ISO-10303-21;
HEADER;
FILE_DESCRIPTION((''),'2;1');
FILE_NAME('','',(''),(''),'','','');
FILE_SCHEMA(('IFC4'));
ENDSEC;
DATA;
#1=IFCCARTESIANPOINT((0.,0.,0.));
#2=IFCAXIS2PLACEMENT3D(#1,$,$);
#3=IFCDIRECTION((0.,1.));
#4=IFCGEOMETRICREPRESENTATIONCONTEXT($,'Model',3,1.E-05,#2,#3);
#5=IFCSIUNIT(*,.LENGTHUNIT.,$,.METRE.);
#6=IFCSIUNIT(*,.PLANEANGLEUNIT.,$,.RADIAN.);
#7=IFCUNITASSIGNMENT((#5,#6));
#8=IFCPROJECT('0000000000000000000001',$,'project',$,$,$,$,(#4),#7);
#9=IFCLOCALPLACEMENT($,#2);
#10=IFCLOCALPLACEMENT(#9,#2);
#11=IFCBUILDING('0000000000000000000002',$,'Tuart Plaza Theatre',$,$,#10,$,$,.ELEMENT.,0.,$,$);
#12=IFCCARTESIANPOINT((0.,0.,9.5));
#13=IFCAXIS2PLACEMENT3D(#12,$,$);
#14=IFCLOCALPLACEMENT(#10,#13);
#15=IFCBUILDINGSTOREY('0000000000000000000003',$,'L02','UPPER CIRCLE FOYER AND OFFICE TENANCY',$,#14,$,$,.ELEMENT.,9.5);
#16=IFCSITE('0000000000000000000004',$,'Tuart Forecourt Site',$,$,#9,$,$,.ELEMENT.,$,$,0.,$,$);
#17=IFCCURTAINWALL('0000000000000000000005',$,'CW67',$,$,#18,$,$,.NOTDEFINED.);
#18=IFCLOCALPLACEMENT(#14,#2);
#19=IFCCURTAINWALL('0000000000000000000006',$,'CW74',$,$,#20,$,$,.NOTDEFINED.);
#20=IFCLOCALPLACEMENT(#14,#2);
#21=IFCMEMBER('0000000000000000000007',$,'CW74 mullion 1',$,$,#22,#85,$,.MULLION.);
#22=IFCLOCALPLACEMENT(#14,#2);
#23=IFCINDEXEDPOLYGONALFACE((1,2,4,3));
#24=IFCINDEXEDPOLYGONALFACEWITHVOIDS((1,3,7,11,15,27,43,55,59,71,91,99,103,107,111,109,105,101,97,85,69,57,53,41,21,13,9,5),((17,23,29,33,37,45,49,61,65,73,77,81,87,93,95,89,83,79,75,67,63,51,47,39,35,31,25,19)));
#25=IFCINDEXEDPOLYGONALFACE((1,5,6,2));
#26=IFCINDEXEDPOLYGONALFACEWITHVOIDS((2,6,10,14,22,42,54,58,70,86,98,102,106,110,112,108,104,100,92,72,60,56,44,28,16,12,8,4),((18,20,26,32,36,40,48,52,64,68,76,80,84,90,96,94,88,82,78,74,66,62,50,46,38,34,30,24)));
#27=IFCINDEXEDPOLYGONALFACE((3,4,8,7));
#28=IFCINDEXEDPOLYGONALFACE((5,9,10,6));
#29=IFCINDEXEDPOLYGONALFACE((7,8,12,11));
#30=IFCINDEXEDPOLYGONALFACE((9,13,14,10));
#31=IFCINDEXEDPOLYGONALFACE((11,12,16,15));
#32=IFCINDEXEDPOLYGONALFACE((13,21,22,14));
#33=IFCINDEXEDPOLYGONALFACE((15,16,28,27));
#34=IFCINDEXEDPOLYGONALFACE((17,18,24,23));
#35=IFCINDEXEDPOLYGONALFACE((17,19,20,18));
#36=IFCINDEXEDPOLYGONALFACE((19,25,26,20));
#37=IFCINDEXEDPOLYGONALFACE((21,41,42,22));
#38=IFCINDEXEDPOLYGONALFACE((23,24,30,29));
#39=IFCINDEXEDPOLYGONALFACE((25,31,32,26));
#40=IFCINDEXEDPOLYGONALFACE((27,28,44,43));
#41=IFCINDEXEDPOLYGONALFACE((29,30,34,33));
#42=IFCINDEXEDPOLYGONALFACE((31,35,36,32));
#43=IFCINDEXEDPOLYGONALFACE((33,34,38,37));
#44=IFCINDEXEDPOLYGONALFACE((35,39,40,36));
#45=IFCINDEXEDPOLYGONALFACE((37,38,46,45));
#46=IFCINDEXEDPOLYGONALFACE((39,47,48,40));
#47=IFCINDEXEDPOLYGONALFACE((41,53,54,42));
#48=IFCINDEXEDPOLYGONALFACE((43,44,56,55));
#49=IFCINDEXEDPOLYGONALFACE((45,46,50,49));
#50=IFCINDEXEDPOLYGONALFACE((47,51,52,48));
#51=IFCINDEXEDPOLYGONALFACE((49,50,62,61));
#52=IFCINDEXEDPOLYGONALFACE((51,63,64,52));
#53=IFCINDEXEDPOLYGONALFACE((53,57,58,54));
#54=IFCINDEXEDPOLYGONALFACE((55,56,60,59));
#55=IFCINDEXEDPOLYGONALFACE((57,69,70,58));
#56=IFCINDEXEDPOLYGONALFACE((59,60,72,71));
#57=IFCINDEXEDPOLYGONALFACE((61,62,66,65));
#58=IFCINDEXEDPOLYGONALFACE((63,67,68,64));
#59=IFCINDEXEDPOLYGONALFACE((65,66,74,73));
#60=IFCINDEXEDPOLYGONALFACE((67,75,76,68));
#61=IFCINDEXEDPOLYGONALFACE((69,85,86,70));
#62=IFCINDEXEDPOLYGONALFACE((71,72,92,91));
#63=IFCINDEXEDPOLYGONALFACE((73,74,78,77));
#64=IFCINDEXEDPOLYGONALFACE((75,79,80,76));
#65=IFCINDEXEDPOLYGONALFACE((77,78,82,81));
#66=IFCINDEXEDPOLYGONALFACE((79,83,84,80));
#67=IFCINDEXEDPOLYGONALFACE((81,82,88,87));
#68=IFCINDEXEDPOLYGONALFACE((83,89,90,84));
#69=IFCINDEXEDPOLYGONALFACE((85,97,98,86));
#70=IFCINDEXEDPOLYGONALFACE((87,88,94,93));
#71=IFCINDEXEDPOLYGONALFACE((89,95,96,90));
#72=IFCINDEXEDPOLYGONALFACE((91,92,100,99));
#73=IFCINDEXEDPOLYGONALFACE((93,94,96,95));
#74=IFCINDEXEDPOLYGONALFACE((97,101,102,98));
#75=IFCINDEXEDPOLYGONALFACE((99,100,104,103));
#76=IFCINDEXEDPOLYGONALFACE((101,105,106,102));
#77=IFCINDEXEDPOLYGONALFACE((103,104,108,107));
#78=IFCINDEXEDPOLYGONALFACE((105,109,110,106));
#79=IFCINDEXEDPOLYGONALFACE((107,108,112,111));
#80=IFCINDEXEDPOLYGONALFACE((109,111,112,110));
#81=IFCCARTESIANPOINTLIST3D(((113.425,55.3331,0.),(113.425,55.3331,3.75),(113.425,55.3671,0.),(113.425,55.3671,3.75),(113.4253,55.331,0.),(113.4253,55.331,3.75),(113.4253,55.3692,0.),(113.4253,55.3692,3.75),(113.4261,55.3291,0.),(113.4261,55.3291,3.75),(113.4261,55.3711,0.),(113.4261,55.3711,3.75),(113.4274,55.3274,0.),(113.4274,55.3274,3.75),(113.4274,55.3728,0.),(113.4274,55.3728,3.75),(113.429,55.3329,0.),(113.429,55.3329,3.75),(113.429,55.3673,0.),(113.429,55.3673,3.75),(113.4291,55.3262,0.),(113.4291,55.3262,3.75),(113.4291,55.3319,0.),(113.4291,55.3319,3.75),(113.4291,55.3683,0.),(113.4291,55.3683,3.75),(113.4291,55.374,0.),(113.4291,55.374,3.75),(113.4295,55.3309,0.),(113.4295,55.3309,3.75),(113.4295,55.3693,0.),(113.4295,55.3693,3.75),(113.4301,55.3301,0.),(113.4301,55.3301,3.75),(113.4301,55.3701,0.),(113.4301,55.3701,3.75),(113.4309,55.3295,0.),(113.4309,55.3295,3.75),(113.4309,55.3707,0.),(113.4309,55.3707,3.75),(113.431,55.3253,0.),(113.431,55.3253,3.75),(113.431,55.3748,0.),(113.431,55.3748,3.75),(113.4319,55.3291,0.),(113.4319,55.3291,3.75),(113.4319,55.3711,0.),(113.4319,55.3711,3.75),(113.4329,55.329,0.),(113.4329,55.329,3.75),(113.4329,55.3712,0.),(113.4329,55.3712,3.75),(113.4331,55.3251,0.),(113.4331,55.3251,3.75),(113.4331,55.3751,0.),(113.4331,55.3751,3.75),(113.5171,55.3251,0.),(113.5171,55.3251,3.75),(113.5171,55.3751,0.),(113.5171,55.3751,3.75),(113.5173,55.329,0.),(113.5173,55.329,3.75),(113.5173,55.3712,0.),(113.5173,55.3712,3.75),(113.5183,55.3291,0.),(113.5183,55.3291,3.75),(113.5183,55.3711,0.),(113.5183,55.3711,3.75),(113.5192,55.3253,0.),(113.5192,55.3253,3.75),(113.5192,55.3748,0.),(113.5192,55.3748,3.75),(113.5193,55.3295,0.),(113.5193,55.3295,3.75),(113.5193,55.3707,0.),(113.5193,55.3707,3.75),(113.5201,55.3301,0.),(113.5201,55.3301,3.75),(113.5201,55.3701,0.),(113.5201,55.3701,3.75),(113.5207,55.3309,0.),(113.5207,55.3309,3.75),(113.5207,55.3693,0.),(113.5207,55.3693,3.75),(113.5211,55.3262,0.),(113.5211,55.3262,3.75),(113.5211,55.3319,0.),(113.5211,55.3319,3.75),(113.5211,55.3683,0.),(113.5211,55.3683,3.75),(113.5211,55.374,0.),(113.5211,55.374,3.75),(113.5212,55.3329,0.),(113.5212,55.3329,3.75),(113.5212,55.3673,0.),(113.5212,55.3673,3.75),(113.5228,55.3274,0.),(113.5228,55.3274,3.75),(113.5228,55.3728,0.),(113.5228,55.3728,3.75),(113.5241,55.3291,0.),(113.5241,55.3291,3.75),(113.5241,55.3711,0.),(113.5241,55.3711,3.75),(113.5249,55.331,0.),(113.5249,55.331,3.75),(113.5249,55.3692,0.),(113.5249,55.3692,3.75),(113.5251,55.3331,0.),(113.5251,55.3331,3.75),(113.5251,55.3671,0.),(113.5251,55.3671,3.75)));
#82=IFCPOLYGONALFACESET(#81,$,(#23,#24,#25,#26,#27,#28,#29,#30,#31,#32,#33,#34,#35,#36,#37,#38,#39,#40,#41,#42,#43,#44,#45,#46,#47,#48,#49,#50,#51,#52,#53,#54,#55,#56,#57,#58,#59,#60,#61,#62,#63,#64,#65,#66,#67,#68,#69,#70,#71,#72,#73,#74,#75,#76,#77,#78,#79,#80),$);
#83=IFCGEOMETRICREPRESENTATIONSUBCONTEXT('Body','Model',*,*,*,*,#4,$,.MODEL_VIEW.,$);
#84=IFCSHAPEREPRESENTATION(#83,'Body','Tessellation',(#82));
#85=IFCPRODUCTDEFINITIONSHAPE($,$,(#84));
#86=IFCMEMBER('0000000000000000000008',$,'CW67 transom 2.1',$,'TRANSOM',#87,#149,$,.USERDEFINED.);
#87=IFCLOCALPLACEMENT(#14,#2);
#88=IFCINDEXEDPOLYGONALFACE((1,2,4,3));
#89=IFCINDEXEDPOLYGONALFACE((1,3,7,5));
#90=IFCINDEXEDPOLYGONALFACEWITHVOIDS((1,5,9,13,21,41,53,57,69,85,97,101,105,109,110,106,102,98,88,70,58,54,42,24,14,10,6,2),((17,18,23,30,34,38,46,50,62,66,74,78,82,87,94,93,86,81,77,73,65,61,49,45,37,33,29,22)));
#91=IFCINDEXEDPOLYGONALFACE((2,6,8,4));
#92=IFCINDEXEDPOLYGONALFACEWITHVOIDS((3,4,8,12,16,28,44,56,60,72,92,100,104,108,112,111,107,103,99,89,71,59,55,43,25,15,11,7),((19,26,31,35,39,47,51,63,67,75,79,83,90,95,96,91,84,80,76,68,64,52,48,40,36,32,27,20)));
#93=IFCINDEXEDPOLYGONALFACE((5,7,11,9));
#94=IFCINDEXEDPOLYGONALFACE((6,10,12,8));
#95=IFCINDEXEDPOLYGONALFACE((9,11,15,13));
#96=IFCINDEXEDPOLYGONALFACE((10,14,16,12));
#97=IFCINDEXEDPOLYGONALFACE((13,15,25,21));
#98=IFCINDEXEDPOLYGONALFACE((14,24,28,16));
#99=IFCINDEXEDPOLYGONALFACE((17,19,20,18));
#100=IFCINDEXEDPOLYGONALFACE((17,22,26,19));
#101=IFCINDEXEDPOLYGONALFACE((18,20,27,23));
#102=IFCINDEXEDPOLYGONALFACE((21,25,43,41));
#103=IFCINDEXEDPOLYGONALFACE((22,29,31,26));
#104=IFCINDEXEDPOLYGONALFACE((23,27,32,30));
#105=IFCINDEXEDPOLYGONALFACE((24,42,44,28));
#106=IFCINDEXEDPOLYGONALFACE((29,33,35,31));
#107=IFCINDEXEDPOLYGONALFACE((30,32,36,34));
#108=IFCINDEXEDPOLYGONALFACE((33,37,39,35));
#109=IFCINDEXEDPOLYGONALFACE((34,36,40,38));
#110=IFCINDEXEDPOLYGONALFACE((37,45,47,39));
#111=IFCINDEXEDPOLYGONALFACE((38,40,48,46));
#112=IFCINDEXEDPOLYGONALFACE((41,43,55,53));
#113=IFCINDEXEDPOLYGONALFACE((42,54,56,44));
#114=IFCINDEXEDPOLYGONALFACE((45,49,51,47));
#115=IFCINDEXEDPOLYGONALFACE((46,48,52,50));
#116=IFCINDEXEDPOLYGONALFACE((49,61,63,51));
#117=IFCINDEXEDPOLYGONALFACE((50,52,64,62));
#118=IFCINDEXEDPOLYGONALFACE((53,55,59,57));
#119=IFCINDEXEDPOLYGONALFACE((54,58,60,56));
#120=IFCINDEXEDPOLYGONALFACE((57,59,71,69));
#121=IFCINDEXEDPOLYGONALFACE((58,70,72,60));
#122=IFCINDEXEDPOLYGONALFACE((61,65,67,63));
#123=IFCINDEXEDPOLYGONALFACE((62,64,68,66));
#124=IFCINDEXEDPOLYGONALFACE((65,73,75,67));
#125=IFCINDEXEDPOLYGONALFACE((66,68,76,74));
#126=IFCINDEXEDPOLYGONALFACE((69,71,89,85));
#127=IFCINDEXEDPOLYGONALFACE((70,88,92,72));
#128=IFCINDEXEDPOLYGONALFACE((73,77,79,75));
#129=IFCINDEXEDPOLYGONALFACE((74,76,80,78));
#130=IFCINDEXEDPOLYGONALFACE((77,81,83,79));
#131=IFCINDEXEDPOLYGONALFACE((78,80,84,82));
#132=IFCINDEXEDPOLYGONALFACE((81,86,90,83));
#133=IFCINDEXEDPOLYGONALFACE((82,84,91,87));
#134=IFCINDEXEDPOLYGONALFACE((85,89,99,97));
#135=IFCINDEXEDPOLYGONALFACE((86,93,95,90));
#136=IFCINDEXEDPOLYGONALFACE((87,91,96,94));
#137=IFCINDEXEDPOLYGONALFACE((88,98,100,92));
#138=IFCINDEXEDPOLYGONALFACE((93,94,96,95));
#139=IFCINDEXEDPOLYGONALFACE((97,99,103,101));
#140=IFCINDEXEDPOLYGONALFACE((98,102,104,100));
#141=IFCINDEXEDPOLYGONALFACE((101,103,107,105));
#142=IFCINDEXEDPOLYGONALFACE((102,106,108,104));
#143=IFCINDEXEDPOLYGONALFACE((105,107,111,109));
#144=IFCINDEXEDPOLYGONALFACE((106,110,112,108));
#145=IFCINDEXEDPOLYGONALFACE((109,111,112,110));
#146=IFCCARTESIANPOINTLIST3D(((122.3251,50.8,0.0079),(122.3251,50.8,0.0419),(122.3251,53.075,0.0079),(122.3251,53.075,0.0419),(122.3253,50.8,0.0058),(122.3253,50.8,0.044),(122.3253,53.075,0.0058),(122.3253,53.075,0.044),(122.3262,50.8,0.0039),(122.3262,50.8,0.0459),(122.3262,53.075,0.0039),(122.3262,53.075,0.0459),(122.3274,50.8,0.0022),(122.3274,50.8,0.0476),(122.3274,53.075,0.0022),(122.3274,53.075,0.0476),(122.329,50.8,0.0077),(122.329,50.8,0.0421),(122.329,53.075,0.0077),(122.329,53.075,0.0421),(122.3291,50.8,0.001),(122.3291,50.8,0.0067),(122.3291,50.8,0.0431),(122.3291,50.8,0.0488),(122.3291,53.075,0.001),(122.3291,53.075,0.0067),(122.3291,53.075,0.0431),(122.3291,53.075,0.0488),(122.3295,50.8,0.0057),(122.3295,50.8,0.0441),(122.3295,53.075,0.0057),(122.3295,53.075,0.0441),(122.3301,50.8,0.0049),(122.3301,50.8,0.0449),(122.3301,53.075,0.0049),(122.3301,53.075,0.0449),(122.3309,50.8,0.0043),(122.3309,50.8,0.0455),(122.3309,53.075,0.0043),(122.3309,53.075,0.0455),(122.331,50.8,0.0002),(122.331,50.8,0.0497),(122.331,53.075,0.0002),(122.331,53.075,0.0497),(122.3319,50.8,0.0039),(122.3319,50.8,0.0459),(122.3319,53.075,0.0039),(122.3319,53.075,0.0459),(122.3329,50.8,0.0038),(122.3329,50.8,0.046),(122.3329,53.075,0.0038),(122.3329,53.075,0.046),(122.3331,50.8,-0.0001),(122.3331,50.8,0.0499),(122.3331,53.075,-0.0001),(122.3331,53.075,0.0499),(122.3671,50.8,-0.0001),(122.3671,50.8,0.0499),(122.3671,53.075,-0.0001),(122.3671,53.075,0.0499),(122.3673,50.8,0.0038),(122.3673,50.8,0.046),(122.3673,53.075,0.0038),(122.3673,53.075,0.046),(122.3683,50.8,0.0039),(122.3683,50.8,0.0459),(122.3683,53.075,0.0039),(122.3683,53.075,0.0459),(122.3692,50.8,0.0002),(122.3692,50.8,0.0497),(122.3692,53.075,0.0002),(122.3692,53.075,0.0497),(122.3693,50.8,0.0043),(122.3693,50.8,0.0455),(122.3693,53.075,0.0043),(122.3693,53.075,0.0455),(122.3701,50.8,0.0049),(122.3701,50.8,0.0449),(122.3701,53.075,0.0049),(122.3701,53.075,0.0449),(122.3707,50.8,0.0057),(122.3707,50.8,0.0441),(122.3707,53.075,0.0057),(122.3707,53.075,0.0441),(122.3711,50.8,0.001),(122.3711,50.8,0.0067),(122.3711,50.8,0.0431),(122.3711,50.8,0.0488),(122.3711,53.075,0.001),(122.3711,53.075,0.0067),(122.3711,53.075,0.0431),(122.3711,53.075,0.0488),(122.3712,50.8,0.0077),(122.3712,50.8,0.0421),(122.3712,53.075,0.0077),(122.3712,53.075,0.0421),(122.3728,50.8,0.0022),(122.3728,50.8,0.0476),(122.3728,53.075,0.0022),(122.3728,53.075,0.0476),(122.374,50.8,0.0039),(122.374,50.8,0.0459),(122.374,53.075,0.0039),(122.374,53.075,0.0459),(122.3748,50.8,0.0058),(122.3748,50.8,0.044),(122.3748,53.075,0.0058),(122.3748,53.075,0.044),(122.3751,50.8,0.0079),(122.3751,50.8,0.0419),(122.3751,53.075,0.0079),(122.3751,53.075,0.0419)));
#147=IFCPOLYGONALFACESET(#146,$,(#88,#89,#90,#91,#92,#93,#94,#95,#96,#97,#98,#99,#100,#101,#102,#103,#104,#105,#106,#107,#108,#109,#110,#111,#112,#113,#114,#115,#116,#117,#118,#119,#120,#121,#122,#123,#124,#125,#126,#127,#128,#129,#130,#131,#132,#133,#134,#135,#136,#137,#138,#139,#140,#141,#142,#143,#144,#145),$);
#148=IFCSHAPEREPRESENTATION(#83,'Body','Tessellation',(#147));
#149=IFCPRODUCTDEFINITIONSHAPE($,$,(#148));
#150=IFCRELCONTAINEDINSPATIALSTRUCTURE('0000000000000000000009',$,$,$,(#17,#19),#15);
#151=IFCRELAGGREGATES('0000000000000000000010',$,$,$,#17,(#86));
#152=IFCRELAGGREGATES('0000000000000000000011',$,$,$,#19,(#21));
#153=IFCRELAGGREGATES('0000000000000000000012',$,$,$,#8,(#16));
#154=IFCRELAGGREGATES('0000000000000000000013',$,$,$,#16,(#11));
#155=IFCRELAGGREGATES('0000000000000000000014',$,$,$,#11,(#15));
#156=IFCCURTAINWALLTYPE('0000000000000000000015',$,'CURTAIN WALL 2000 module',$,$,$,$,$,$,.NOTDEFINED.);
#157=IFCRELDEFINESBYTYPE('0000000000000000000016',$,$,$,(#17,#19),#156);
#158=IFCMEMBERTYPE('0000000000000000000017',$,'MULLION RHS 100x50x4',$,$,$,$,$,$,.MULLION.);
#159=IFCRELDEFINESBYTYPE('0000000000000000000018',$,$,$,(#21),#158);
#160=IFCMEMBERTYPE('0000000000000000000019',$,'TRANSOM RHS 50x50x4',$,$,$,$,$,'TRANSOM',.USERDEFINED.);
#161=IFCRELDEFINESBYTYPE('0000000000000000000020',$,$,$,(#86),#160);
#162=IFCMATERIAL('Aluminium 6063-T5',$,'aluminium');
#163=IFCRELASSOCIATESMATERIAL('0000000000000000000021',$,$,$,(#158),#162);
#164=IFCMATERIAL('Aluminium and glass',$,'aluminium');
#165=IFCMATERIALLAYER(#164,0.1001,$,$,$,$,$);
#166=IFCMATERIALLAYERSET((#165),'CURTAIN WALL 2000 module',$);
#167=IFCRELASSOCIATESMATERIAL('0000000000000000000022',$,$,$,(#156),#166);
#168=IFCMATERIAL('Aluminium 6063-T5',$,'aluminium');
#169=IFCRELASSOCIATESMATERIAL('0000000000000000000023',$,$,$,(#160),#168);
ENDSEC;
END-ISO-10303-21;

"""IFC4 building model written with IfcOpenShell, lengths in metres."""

from ifc_helpers import new_model, si_unit, direction, frame, origin, origin_2d, place, context, subcontext, project, spatial, hollow_rectangle, extrude, material, layer, layer_set, material_profile, profile_set, type_object, element, aggregate, save


model = new_model("IFC4")

# Units and contexts
model_context = context("Model", 3, precision=1e-05, world=origin(), true_north=direction((0.0, 1.0)))
body_context = subcontext(model_context, "Body", "Model", "MODEL_VIEW")
ifc_project = project(units=[si_unit("LENGTHUNIT", "METRE"), si_unit("PLANEANGLEUNIT", "RADIAN")], contexts=[model_context])

# Site, building, storey
site_placement = place(None, origin())
site = spatial("IfcSite", under=ifc_project, at=site_placement, Name="Tuart Forecourt Site", CompositionType="ELEMENT", RefElevation=0.0)
building_placement = place(site_placement, origin())
building = spatial("IfcBuilding", under=site, at=building_placement, Name="Tuart Plaza Theatre", CompositionType="ELEMENT", ElevationOfRefHeight=0.0)
storey_placement = place(building_placement, frame((0.0, 0.0, 9.5)))
storey = spatial("IfcBuildingStorey", under=building, at=storey_placement, Name="L02", Description="UPPER CIRCLE FOYER AND OFFICE TENANCY", CompositionType="ELEMENT", Elevation=9.5)

# Shared definitions
ifc_material_1 = material(Name="Aluminium 6063-T5", Category="aluminium")
ifc_material_profile_1 = material_profile(ifc_material_1, hollow_rectangle(XDim=0.05, YDim=0.1001, WallThickness=0.0039, InnerFilletRadius=0.0039, OuterFilletRadius=0.0081, at=origin_2d()), Name="RHS 100x50x4")
ifc_profile_set_1 = profile_set([ifc_material_profile_1], Name="Aluminium 6063-T5")
member_type_1 = type_object("IfcMemberType", Name="MULLION RHS 100x50x4", PredefinedType="MULLION", material=ifc_profile_set_1)

# Curtain wall
ifc_material_2 = material(Name="Aluminium and glass", Category="aluminium")
ifc_layer_1 = layer(ifc_material_2, 0.1001)
ifc_layer_set_1 = layer_set([ifc_layer_1], Name="CURTAIN WALL 2000 module")
curtain_wall_type_1 = type_object("IfcCurtainWallType", Name="CURTAIN WALL 2000 module", PredefinedType="NOTDEFINED", material=ifc_layer_set_1)
curtain_wall_1_placement = place(storey_placement, origin())
curtain_wall_1 = element("IfcCurtainWall", 1, at=curtain_wall_1_placement, inside=storey, type_object=curtain_wall_type_1, Name="CW67", PredefinedType="NOTDEFINED")

# Curtain wall, member
curtain_wall_2_placement = place(storey_placement, origin())
curtain_wall_2 = element("IfcCurtainWall", 2, at=curtain_wall_2_placement, inside=storey, type_object=curtain_wall_type_1, Name="CW74", PredefinedType="NOTDEFINED")
member_1_placement = place(storey_placement, frame((113.4751, 55.3501, 0.0), z_axis=(0.0, 0.0, 1.0), x_axis=(0.0, 1.0, 0.0)))
member_1 = element("IfcMember", 3, at=member_1_placement, type_object=member_type_1, Name="CW74 mullion 1", PredefinedType="MULLION", context=body_context, shape_type="SweptSolid", body=[
    extrude(hollow_rectangle(XDim=0.05, YDim=0.1001, WallThickness=0.0039, InnerFilletRadius=0.0039, OuterFilletRadius=0.0081, at=origin_2d()), origin(), (0.0, 0.0, 1.0), 3.75),
])

# Member
ifc_material_3 = material(Name="Aluminium 6063-T5", Category="aluminium")
ifc_material_profile_2 = material_profile(ifc_material_3, hollow_rectangle(XDim=0.05, YDim=0.05, WallThickness=0.0039, InnerFilletRadius=0.0039, OuterFilletRadius=0.0081, at=origin_2d()), Name="RHS 50x50x4")
ifc_profile_set_2 = profile_set([ifc_material_profile_2], Name="Aluminium 6063-T5")
member_type_2 = type_object("IfcMemberType", Name="TRANSOM RHS 50x50x4", ElementType="TRANSOM", PredefinedType="USERDEFINED", material=ifc_profile_set_2)
member_2_placement = place(storey_placement, frame((122.3501, 53.075, 0.0249), z_axis=(0.0, -1.0, 0.0), x_axis=(1.0, 0.0, 0.0)))
member_2 = element("IfcMember", 4, at=member_2_placement, type_object=member_type_2, Name="CW67 transom 2.1", ObjectType="TRANSOM", PredefinedType="USERDEFINED", context=body_context, shape_type="SweptSolid", body=[
    extrude(hollow_rectangle(XDim=0.05, YDim=0.05, WallThickness=0.0039, InnerFilletRadius=0.0039, OuterFilletRadius=0.0081, at=origin_2d()), origin(), (0.0, 0.0, 1.0), 2.2749),
])

aggregate(curtain_wall_1, [member_2])
aggregate(curtain_wall_2, [member_1])

save(model, "model.ifc")
